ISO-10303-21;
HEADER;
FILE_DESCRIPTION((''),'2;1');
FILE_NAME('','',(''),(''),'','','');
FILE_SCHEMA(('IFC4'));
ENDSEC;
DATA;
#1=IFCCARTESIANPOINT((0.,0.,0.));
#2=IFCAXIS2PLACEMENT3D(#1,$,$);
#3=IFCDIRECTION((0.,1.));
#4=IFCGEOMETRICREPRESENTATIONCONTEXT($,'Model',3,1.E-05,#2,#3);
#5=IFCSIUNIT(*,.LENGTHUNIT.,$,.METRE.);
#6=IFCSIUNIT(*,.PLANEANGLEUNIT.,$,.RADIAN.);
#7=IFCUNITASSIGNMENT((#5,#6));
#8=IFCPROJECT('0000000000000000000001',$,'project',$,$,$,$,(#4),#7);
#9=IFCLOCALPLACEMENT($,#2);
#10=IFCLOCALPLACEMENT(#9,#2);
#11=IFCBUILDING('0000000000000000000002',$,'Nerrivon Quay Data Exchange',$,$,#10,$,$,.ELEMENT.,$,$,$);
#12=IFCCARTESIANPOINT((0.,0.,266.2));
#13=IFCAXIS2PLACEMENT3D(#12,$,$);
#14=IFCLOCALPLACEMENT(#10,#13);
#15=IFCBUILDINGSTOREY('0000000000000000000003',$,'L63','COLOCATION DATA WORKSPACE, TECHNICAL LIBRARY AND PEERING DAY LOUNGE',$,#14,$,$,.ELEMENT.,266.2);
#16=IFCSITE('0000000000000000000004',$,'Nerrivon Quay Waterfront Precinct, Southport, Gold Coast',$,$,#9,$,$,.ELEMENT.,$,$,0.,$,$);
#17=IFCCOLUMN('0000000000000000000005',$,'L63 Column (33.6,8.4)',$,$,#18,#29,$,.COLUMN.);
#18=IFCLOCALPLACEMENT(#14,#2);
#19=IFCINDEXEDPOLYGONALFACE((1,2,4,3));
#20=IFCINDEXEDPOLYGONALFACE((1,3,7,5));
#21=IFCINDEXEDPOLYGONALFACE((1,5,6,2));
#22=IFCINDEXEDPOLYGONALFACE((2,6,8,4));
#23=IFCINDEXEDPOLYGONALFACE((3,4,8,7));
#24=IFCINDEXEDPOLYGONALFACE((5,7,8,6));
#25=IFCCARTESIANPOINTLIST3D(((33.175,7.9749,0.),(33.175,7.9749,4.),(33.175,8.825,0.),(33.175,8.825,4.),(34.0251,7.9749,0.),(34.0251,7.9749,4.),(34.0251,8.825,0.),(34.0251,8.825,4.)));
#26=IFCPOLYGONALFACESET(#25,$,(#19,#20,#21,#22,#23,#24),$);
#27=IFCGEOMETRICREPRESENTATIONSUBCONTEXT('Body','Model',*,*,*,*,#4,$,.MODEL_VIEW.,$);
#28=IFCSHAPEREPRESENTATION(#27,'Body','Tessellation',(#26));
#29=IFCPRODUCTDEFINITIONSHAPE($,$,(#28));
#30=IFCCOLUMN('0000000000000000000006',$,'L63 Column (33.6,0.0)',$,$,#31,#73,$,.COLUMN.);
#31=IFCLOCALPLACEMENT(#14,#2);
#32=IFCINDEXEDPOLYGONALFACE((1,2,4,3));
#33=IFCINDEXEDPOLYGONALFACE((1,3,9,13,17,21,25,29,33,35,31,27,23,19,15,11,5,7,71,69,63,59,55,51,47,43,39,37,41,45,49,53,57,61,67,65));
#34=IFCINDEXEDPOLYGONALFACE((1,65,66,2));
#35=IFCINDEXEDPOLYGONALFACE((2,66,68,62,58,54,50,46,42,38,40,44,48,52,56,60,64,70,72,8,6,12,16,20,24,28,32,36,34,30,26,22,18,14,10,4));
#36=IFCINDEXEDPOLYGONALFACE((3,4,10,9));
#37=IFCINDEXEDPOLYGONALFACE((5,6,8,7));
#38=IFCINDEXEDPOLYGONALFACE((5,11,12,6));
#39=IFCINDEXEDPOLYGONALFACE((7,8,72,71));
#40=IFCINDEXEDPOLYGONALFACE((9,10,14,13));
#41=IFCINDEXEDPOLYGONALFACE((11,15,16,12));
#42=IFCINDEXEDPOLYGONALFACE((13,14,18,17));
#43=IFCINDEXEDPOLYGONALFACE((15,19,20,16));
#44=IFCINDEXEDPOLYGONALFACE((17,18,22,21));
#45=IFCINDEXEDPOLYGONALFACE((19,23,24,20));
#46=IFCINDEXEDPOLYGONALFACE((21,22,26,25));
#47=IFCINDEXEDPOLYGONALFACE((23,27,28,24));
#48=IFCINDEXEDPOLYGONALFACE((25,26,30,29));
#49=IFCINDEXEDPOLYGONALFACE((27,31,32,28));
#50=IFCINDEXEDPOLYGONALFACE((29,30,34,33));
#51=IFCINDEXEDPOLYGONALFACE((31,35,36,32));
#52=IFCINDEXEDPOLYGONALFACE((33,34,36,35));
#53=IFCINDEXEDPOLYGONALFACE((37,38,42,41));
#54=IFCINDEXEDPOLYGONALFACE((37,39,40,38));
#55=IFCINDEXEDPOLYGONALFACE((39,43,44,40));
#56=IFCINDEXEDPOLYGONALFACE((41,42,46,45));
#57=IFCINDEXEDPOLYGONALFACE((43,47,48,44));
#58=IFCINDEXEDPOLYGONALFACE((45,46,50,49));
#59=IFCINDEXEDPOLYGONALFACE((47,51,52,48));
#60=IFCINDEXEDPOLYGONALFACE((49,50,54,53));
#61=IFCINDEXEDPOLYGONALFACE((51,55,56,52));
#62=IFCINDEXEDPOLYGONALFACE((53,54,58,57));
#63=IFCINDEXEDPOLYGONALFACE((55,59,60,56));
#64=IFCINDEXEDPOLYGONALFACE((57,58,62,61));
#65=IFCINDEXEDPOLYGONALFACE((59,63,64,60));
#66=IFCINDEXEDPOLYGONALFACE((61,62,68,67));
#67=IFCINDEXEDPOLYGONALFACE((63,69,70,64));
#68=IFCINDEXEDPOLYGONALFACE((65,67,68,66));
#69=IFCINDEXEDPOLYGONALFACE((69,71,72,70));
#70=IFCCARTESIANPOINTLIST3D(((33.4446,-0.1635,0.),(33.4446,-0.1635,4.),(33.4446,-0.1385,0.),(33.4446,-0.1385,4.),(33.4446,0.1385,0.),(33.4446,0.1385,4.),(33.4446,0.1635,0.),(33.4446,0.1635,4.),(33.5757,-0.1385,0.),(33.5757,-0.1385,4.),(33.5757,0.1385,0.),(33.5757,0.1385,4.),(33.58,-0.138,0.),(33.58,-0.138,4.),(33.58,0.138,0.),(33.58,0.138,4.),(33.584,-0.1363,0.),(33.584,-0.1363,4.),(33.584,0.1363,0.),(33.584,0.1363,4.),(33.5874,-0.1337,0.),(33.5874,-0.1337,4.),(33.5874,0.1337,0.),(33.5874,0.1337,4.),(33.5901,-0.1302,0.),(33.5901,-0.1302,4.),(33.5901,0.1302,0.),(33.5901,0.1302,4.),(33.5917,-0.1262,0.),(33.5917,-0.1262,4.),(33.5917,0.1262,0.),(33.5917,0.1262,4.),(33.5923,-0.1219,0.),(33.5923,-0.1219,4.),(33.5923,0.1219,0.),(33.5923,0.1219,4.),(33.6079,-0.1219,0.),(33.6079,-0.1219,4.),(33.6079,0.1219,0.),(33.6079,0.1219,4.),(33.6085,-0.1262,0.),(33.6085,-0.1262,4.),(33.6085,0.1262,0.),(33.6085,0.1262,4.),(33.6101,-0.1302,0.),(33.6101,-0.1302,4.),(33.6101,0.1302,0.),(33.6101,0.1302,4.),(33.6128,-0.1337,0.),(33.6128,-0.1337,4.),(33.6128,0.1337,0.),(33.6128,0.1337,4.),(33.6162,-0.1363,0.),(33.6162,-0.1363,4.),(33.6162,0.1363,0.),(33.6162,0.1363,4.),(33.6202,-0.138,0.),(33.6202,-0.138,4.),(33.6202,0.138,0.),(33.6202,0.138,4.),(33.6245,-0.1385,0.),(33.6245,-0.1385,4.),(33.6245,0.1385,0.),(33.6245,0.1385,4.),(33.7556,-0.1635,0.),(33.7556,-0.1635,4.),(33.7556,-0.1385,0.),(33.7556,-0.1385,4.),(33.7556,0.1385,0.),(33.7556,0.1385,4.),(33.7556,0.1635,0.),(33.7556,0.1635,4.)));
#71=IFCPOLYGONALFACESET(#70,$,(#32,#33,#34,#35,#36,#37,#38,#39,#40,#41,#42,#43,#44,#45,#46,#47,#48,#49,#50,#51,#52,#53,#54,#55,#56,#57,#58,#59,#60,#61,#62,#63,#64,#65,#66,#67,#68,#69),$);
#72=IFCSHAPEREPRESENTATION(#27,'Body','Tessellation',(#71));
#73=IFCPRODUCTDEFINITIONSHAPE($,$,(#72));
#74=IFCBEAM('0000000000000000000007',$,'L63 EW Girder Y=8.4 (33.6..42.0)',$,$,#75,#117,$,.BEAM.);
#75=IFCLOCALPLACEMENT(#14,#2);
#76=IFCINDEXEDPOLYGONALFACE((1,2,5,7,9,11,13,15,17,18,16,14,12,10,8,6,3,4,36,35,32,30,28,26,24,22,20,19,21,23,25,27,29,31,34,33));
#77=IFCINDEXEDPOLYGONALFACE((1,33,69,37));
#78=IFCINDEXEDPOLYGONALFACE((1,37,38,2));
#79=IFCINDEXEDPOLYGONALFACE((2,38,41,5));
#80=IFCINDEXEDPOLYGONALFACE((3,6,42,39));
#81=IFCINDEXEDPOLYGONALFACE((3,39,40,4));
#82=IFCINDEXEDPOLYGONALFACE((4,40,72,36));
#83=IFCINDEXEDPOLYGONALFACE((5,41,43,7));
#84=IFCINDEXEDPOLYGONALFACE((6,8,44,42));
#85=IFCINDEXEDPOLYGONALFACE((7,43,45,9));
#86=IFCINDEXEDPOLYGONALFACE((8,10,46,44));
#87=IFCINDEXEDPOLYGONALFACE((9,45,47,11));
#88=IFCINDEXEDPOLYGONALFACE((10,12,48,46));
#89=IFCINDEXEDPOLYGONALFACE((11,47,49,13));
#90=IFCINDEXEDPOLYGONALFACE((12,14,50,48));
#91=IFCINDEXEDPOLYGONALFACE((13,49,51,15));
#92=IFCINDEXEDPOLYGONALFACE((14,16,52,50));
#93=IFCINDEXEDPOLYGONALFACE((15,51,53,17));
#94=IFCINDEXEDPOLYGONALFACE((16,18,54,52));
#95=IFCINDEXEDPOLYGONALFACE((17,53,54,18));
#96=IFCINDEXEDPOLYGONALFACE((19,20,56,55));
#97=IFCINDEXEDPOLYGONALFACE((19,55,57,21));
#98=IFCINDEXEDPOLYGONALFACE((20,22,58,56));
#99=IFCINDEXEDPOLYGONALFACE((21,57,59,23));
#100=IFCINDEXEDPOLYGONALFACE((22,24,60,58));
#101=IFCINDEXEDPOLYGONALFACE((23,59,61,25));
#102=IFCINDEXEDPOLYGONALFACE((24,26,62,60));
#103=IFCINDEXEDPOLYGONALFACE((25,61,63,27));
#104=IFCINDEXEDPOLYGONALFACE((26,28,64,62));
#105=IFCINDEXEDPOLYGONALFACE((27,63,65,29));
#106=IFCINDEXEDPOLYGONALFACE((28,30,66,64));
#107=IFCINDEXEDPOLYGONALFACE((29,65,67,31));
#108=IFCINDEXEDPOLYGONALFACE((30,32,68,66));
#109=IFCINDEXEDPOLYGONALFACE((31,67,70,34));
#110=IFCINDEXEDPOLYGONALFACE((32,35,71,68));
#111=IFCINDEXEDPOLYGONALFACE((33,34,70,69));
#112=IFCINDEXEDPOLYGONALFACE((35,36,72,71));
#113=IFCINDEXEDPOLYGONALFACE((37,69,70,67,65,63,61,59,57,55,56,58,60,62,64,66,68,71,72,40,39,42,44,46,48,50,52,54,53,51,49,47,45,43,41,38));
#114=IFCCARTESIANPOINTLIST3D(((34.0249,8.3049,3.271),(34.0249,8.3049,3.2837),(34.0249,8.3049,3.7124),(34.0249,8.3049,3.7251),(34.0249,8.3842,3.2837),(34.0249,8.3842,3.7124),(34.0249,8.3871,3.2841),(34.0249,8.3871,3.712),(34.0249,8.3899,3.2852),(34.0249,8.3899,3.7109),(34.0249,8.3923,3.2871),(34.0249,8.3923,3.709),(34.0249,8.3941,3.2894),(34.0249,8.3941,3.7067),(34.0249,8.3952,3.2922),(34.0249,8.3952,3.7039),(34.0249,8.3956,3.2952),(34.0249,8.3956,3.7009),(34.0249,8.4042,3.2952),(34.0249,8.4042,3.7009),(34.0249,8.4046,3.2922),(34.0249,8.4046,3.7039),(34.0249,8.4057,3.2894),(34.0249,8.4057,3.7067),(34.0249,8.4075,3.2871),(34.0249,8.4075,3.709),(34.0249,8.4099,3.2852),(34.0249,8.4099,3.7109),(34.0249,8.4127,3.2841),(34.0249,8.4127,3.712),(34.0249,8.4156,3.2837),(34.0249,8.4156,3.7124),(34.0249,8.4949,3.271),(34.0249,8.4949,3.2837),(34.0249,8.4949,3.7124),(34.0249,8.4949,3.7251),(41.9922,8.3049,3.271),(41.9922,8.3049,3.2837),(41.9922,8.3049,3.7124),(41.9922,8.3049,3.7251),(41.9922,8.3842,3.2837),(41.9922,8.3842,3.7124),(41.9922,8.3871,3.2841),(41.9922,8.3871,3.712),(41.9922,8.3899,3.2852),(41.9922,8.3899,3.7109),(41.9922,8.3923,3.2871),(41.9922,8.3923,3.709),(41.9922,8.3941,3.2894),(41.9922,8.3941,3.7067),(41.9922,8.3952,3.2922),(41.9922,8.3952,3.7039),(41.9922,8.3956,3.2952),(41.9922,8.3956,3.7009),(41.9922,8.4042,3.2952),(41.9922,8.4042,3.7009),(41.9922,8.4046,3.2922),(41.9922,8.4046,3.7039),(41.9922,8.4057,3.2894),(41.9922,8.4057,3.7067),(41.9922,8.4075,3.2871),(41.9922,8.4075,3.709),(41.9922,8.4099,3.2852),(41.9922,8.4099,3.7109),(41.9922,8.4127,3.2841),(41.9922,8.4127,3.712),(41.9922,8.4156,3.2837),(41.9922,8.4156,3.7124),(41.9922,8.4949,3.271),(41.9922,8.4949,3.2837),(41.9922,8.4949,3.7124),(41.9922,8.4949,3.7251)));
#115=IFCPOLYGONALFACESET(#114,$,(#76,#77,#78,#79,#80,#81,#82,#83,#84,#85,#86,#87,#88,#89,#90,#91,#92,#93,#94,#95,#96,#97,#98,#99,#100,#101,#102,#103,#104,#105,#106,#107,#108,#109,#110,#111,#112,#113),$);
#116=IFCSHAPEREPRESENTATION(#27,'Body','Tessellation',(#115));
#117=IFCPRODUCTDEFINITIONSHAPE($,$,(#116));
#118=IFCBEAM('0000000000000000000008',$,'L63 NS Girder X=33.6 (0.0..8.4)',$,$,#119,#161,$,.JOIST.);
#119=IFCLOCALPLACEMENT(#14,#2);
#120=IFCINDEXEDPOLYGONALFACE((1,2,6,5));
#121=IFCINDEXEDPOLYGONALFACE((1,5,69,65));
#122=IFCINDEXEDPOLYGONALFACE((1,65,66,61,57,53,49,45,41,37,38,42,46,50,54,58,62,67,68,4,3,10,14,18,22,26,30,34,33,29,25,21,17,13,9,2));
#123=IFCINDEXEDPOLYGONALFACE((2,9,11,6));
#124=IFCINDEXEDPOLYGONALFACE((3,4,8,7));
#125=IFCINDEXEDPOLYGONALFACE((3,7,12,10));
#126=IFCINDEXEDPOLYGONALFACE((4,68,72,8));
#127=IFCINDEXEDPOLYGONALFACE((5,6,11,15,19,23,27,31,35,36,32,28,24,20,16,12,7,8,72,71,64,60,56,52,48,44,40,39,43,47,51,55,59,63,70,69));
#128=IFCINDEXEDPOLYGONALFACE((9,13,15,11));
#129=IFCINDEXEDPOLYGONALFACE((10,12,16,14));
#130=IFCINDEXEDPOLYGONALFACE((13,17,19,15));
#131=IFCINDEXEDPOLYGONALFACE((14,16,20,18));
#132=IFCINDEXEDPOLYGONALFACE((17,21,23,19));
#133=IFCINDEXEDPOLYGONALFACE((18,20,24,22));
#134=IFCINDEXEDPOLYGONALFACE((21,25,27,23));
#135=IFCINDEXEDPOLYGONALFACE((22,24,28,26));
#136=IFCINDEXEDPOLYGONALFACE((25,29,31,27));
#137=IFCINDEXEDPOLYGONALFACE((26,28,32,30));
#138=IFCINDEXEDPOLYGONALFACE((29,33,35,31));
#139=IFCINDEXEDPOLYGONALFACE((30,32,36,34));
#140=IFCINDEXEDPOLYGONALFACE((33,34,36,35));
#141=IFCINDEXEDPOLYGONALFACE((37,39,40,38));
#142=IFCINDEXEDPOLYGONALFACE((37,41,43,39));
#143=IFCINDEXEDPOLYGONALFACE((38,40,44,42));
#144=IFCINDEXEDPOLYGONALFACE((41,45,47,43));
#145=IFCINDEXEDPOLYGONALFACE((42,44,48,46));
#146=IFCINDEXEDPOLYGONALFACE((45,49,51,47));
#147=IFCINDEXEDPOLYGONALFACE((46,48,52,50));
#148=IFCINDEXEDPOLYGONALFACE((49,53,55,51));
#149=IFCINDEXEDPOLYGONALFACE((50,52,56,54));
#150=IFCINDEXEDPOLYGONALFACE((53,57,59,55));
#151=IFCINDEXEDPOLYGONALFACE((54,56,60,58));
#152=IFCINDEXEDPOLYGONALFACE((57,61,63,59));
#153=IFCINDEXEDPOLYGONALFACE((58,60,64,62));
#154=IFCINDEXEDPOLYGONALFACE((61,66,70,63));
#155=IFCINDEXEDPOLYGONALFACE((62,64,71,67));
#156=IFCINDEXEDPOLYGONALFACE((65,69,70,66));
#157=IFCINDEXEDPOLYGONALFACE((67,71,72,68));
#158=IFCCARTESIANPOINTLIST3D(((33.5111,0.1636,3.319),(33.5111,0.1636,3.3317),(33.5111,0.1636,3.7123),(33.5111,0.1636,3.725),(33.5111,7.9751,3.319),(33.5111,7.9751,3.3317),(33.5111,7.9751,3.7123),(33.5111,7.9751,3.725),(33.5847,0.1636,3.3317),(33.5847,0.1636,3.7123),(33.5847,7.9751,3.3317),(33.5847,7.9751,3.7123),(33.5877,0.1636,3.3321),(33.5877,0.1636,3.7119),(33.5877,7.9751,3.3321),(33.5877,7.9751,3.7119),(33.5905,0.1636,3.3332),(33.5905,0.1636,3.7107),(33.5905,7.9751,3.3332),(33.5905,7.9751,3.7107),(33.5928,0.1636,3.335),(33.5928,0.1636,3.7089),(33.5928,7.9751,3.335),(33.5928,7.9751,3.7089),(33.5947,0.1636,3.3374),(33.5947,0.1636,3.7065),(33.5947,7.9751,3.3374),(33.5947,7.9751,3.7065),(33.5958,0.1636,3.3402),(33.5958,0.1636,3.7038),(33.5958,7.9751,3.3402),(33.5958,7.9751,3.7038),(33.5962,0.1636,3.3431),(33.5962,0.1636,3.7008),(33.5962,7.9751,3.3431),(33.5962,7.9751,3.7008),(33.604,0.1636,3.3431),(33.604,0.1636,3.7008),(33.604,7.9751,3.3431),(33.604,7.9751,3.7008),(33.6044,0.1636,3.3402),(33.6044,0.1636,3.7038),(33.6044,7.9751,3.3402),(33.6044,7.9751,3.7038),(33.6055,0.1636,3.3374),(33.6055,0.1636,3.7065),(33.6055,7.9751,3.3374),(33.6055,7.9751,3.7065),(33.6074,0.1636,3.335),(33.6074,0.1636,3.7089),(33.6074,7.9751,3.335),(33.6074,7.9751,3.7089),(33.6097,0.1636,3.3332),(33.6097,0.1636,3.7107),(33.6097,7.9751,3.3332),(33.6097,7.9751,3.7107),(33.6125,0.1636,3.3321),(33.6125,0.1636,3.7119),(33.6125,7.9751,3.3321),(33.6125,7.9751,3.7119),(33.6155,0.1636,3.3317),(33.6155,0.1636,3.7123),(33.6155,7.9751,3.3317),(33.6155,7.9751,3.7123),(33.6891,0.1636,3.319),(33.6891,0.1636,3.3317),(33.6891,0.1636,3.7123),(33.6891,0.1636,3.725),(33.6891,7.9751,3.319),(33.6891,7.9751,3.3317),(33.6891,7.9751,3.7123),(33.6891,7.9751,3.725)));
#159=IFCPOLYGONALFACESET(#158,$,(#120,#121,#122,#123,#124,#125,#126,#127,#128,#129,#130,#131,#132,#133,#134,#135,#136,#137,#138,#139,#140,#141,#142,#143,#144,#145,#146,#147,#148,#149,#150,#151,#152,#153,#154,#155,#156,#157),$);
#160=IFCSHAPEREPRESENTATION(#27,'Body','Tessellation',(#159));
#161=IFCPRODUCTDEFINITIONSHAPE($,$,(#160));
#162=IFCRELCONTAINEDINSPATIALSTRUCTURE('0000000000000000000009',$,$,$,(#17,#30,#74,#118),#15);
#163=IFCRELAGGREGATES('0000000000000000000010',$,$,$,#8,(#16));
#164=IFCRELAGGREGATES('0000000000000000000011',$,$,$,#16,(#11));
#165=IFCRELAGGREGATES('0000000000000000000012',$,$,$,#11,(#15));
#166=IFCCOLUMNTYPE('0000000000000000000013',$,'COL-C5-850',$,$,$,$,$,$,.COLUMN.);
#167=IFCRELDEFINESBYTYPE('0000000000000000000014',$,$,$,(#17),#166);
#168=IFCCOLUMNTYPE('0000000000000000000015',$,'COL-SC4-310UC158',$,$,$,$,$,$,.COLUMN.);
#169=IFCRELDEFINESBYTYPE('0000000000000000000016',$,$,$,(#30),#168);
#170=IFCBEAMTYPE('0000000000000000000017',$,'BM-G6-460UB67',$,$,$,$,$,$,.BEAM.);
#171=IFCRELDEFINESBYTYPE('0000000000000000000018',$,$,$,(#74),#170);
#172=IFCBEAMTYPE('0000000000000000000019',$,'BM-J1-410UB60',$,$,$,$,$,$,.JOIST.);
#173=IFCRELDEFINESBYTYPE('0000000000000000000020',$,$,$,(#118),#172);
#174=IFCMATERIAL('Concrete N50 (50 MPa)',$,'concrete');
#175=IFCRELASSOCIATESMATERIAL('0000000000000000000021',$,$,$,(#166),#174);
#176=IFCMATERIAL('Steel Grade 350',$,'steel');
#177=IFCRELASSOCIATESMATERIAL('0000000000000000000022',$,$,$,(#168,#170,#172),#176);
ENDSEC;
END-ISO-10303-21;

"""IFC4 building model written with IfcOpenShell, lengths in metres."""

from ifc_helpers import new_model, si_unit, direction, frame, origin, origin_2d, place, context, subcontext, project, spatial, rectangle, i_section, extrude, material, material_profile, profile_set, type_object, element, save


model = new_model("IFC4")

# Units and contexts
model_context = context("Model", 3, precision=1e-05, world=origin(), true_north=direction((0.0, 1.0)))
body_context = subcontext(model_context, "Body", "Model", "MODEL_VIEW")
ifc_project = project(units=[si_unit("LENGTHUNIT", "METRE"), si_unit("PLANEANGLEUNIT", "RADIAN")], contexts=[model_context])

# Site, building, storey
site_placement = place(None, origin())
site = spatial("IfcSite", under=ifc_project, at=site_placement, Name="Nerrivon Quay Waterfront Precinct, Southport, Gold Coast", CompositionType="ELEMENT", RefElevation=0.0)
building_placement = place(site_placement, origin())
building = spatial("IfcBuilding", under=site, at=building_placement, Name="Nerrivon Quay Data Exchange", CompositionType="ELEMENT")
storey_placement = place(building_placement, frame((0.0, 0.0, 266.2)))
storey = spatial("IfcBuildingStorey", under=building, at=storey_placement, Name="L63", Description="COLOCATION DATA WORKSPACE, TECHNICAL LIBRARY AND PEERING DAY LOUNGE", CompositionType="ELEMENT", Elevation=266.2)

# Columns
ifc_material_1 = material(Name="Concrete N50 (50 MPa)", Category="concrete")
ifc_material_profile_1 = material_profile(ifc_material_1, rectangle(XDim=0.8501, YDim=0.8501, at=origin_2d()), Name="RC-COL-850x850")
ifc_profile_set_1 = profile_set([ifc_material_profile_1], Name="Concrete N50 (50 MPa)")
column_type_1 = type_object("IfcColumnType", Name="COL-C5-850", PredefinedType="COLUMN", material=ifc_profile_set_1)
column_1_placement = place(storey_placement, frame((33.6001, 8.3999, 0.0), z_axis=(0.0, 0.0, 1.0), x_axis=(1.0, 0.0, 0.0)))
element("IfcColumn", 1, at=column_1_placement, inside=storey, type_object=column_type_1, Name="L63 Column (33.6,8.4)", PredefinedType="COLUMN", context=body_context, shape_type="SweptSolid", body=[
    extrude(rectangle(XDim=0.8501, YDim=0.8501, at=origin_2d()), origin(), (0.0, 0.0, 1.0), 4.0),
])
ifc_material_2 = material(Name="Steel Grade 350", Category="steel")
ifc_material_profile_2 = material_profile(ifc_material_2, i_section(OverallWidth=0.311, OverallDepth=0.3269, WebThickness=0.0156, FlangeThickness=0.0249, FilletRadius=0.0166, at=origin_2d()), Name="310UC158")
ifc_profile_set_2 = profile_set([ifc_material_profile_2], Name="Steel Grade 350")
column_type_2 = type_object("IfcColumnType", Name="COL-SC4-310UC158", PredefinedType="COLUMN", material=ifc_profile_set_2)
column_2_placement = place(storey_placement, frame((33.6001, 0.0, 0.0), z_axis=(0.0, 0.0, 1.0), x_axis=(1.0, 0.0, 0.0)))
element("IfcColumn", 2, at=column_2_placement, inside=storey, type_object=column_type_2, Name="L63 Column (33.6,0.0)", PredefinedType="COLUMN", context=body_context, shape_type="SweptSolid", body=[
    extrude(i_section(OverallWidth=0.311, OverallDepth=0.3269, WebThickness=0.0156, FlangeThickness=0.0249, FilletRadius=0.0166, at=origin_2d()), origin(), (0.0, 0.0, 1.0), 4.0),
])

# Beams
ifc_material_profile_3 = material_profile(ifc_material_2, i_section(OverallWidth=0.1899, OverallDepth=0.4541, WebThickness=0.0085, FlangeThickness=0.0127, FilletRadius=0.0115, at=origin_2d()), Name="460UB67.1")
ifc_profile_set_3 = profile_set([ifc_material_profile_3], Name="Steel Grade 350")
beam_type_1 = type_object("IfcBeamType", Name="BM-G6-460UB67", PredefinedType="BEAM", material=ifc_profile_set_3)
beam_1_placement = place(storey_placement, frame((34.0249, 8.3999, 3.498), z_axis=(1.0, 0.0, 0.0), x_axis=(0.0, 1.0, 0.0)))
element("IfcBeam", 3, at=beam_1_placement, inside=storey, type_object=beam_type_1, Name="L63 EW Girder Y=8.4 (33.6..42.0)", PredefinedType="BEAM", context=body_context, shape_type="SweptSolid", body=[
    extrude(i_section(OverallWidth=0.1899, OverallDepth=0.4541, WebThickness=0.0085, FlangeThickness=0.0127, FilletRadius=0.0115, at=origin_2d()), origin(), (0.0, 0.0, 1.0), 7.9673),
])
ifc_material_profile_4 = material_profile(ifc_material_2, i_section(OverallWidth=0.178, OverallDepth=0.406, WebThickness=0.0078, FlangeThickness=0.0127, FilletRadius=0.0115, at=origin_2d()), Name="410UB59.7")
ifc_profile_set_4 = profile_set([ifc_material_profile_4], Name="Steel Grade 350")
beam_type_2 = type_object("IfcBeamType", Name="BM-J1-410UB60", PredefinedType="JOIST", material=ifc_profile_set_4)
beam_2_placement = place(storey_placement, frame((33.6001, 0.1636, 3.522), z_axis=(0.0, 1.0, 0.0), x_axis=(-1.0, 0.0, 0.0)))
element("IfcBeam", 4, at=beam_2_placement, inside=storey, type_object=beam_type_2, Name="L63 NS Girder X=33.6 (0.0..8.4)", PredefinedType="JOIST", context=body_context, shape_type="SweptSolid", body=[
    extrude(i_section(OverallWidth=0.178, OverallDepth=0.406, WebThickness=0.0078, FlangeThickness=0.0127, FilletRadius=0.0115, at=origin_2d()), origin(), (0.0, 0.0, 1.0), 7.8115),
])

save(model, "model.ifc")
